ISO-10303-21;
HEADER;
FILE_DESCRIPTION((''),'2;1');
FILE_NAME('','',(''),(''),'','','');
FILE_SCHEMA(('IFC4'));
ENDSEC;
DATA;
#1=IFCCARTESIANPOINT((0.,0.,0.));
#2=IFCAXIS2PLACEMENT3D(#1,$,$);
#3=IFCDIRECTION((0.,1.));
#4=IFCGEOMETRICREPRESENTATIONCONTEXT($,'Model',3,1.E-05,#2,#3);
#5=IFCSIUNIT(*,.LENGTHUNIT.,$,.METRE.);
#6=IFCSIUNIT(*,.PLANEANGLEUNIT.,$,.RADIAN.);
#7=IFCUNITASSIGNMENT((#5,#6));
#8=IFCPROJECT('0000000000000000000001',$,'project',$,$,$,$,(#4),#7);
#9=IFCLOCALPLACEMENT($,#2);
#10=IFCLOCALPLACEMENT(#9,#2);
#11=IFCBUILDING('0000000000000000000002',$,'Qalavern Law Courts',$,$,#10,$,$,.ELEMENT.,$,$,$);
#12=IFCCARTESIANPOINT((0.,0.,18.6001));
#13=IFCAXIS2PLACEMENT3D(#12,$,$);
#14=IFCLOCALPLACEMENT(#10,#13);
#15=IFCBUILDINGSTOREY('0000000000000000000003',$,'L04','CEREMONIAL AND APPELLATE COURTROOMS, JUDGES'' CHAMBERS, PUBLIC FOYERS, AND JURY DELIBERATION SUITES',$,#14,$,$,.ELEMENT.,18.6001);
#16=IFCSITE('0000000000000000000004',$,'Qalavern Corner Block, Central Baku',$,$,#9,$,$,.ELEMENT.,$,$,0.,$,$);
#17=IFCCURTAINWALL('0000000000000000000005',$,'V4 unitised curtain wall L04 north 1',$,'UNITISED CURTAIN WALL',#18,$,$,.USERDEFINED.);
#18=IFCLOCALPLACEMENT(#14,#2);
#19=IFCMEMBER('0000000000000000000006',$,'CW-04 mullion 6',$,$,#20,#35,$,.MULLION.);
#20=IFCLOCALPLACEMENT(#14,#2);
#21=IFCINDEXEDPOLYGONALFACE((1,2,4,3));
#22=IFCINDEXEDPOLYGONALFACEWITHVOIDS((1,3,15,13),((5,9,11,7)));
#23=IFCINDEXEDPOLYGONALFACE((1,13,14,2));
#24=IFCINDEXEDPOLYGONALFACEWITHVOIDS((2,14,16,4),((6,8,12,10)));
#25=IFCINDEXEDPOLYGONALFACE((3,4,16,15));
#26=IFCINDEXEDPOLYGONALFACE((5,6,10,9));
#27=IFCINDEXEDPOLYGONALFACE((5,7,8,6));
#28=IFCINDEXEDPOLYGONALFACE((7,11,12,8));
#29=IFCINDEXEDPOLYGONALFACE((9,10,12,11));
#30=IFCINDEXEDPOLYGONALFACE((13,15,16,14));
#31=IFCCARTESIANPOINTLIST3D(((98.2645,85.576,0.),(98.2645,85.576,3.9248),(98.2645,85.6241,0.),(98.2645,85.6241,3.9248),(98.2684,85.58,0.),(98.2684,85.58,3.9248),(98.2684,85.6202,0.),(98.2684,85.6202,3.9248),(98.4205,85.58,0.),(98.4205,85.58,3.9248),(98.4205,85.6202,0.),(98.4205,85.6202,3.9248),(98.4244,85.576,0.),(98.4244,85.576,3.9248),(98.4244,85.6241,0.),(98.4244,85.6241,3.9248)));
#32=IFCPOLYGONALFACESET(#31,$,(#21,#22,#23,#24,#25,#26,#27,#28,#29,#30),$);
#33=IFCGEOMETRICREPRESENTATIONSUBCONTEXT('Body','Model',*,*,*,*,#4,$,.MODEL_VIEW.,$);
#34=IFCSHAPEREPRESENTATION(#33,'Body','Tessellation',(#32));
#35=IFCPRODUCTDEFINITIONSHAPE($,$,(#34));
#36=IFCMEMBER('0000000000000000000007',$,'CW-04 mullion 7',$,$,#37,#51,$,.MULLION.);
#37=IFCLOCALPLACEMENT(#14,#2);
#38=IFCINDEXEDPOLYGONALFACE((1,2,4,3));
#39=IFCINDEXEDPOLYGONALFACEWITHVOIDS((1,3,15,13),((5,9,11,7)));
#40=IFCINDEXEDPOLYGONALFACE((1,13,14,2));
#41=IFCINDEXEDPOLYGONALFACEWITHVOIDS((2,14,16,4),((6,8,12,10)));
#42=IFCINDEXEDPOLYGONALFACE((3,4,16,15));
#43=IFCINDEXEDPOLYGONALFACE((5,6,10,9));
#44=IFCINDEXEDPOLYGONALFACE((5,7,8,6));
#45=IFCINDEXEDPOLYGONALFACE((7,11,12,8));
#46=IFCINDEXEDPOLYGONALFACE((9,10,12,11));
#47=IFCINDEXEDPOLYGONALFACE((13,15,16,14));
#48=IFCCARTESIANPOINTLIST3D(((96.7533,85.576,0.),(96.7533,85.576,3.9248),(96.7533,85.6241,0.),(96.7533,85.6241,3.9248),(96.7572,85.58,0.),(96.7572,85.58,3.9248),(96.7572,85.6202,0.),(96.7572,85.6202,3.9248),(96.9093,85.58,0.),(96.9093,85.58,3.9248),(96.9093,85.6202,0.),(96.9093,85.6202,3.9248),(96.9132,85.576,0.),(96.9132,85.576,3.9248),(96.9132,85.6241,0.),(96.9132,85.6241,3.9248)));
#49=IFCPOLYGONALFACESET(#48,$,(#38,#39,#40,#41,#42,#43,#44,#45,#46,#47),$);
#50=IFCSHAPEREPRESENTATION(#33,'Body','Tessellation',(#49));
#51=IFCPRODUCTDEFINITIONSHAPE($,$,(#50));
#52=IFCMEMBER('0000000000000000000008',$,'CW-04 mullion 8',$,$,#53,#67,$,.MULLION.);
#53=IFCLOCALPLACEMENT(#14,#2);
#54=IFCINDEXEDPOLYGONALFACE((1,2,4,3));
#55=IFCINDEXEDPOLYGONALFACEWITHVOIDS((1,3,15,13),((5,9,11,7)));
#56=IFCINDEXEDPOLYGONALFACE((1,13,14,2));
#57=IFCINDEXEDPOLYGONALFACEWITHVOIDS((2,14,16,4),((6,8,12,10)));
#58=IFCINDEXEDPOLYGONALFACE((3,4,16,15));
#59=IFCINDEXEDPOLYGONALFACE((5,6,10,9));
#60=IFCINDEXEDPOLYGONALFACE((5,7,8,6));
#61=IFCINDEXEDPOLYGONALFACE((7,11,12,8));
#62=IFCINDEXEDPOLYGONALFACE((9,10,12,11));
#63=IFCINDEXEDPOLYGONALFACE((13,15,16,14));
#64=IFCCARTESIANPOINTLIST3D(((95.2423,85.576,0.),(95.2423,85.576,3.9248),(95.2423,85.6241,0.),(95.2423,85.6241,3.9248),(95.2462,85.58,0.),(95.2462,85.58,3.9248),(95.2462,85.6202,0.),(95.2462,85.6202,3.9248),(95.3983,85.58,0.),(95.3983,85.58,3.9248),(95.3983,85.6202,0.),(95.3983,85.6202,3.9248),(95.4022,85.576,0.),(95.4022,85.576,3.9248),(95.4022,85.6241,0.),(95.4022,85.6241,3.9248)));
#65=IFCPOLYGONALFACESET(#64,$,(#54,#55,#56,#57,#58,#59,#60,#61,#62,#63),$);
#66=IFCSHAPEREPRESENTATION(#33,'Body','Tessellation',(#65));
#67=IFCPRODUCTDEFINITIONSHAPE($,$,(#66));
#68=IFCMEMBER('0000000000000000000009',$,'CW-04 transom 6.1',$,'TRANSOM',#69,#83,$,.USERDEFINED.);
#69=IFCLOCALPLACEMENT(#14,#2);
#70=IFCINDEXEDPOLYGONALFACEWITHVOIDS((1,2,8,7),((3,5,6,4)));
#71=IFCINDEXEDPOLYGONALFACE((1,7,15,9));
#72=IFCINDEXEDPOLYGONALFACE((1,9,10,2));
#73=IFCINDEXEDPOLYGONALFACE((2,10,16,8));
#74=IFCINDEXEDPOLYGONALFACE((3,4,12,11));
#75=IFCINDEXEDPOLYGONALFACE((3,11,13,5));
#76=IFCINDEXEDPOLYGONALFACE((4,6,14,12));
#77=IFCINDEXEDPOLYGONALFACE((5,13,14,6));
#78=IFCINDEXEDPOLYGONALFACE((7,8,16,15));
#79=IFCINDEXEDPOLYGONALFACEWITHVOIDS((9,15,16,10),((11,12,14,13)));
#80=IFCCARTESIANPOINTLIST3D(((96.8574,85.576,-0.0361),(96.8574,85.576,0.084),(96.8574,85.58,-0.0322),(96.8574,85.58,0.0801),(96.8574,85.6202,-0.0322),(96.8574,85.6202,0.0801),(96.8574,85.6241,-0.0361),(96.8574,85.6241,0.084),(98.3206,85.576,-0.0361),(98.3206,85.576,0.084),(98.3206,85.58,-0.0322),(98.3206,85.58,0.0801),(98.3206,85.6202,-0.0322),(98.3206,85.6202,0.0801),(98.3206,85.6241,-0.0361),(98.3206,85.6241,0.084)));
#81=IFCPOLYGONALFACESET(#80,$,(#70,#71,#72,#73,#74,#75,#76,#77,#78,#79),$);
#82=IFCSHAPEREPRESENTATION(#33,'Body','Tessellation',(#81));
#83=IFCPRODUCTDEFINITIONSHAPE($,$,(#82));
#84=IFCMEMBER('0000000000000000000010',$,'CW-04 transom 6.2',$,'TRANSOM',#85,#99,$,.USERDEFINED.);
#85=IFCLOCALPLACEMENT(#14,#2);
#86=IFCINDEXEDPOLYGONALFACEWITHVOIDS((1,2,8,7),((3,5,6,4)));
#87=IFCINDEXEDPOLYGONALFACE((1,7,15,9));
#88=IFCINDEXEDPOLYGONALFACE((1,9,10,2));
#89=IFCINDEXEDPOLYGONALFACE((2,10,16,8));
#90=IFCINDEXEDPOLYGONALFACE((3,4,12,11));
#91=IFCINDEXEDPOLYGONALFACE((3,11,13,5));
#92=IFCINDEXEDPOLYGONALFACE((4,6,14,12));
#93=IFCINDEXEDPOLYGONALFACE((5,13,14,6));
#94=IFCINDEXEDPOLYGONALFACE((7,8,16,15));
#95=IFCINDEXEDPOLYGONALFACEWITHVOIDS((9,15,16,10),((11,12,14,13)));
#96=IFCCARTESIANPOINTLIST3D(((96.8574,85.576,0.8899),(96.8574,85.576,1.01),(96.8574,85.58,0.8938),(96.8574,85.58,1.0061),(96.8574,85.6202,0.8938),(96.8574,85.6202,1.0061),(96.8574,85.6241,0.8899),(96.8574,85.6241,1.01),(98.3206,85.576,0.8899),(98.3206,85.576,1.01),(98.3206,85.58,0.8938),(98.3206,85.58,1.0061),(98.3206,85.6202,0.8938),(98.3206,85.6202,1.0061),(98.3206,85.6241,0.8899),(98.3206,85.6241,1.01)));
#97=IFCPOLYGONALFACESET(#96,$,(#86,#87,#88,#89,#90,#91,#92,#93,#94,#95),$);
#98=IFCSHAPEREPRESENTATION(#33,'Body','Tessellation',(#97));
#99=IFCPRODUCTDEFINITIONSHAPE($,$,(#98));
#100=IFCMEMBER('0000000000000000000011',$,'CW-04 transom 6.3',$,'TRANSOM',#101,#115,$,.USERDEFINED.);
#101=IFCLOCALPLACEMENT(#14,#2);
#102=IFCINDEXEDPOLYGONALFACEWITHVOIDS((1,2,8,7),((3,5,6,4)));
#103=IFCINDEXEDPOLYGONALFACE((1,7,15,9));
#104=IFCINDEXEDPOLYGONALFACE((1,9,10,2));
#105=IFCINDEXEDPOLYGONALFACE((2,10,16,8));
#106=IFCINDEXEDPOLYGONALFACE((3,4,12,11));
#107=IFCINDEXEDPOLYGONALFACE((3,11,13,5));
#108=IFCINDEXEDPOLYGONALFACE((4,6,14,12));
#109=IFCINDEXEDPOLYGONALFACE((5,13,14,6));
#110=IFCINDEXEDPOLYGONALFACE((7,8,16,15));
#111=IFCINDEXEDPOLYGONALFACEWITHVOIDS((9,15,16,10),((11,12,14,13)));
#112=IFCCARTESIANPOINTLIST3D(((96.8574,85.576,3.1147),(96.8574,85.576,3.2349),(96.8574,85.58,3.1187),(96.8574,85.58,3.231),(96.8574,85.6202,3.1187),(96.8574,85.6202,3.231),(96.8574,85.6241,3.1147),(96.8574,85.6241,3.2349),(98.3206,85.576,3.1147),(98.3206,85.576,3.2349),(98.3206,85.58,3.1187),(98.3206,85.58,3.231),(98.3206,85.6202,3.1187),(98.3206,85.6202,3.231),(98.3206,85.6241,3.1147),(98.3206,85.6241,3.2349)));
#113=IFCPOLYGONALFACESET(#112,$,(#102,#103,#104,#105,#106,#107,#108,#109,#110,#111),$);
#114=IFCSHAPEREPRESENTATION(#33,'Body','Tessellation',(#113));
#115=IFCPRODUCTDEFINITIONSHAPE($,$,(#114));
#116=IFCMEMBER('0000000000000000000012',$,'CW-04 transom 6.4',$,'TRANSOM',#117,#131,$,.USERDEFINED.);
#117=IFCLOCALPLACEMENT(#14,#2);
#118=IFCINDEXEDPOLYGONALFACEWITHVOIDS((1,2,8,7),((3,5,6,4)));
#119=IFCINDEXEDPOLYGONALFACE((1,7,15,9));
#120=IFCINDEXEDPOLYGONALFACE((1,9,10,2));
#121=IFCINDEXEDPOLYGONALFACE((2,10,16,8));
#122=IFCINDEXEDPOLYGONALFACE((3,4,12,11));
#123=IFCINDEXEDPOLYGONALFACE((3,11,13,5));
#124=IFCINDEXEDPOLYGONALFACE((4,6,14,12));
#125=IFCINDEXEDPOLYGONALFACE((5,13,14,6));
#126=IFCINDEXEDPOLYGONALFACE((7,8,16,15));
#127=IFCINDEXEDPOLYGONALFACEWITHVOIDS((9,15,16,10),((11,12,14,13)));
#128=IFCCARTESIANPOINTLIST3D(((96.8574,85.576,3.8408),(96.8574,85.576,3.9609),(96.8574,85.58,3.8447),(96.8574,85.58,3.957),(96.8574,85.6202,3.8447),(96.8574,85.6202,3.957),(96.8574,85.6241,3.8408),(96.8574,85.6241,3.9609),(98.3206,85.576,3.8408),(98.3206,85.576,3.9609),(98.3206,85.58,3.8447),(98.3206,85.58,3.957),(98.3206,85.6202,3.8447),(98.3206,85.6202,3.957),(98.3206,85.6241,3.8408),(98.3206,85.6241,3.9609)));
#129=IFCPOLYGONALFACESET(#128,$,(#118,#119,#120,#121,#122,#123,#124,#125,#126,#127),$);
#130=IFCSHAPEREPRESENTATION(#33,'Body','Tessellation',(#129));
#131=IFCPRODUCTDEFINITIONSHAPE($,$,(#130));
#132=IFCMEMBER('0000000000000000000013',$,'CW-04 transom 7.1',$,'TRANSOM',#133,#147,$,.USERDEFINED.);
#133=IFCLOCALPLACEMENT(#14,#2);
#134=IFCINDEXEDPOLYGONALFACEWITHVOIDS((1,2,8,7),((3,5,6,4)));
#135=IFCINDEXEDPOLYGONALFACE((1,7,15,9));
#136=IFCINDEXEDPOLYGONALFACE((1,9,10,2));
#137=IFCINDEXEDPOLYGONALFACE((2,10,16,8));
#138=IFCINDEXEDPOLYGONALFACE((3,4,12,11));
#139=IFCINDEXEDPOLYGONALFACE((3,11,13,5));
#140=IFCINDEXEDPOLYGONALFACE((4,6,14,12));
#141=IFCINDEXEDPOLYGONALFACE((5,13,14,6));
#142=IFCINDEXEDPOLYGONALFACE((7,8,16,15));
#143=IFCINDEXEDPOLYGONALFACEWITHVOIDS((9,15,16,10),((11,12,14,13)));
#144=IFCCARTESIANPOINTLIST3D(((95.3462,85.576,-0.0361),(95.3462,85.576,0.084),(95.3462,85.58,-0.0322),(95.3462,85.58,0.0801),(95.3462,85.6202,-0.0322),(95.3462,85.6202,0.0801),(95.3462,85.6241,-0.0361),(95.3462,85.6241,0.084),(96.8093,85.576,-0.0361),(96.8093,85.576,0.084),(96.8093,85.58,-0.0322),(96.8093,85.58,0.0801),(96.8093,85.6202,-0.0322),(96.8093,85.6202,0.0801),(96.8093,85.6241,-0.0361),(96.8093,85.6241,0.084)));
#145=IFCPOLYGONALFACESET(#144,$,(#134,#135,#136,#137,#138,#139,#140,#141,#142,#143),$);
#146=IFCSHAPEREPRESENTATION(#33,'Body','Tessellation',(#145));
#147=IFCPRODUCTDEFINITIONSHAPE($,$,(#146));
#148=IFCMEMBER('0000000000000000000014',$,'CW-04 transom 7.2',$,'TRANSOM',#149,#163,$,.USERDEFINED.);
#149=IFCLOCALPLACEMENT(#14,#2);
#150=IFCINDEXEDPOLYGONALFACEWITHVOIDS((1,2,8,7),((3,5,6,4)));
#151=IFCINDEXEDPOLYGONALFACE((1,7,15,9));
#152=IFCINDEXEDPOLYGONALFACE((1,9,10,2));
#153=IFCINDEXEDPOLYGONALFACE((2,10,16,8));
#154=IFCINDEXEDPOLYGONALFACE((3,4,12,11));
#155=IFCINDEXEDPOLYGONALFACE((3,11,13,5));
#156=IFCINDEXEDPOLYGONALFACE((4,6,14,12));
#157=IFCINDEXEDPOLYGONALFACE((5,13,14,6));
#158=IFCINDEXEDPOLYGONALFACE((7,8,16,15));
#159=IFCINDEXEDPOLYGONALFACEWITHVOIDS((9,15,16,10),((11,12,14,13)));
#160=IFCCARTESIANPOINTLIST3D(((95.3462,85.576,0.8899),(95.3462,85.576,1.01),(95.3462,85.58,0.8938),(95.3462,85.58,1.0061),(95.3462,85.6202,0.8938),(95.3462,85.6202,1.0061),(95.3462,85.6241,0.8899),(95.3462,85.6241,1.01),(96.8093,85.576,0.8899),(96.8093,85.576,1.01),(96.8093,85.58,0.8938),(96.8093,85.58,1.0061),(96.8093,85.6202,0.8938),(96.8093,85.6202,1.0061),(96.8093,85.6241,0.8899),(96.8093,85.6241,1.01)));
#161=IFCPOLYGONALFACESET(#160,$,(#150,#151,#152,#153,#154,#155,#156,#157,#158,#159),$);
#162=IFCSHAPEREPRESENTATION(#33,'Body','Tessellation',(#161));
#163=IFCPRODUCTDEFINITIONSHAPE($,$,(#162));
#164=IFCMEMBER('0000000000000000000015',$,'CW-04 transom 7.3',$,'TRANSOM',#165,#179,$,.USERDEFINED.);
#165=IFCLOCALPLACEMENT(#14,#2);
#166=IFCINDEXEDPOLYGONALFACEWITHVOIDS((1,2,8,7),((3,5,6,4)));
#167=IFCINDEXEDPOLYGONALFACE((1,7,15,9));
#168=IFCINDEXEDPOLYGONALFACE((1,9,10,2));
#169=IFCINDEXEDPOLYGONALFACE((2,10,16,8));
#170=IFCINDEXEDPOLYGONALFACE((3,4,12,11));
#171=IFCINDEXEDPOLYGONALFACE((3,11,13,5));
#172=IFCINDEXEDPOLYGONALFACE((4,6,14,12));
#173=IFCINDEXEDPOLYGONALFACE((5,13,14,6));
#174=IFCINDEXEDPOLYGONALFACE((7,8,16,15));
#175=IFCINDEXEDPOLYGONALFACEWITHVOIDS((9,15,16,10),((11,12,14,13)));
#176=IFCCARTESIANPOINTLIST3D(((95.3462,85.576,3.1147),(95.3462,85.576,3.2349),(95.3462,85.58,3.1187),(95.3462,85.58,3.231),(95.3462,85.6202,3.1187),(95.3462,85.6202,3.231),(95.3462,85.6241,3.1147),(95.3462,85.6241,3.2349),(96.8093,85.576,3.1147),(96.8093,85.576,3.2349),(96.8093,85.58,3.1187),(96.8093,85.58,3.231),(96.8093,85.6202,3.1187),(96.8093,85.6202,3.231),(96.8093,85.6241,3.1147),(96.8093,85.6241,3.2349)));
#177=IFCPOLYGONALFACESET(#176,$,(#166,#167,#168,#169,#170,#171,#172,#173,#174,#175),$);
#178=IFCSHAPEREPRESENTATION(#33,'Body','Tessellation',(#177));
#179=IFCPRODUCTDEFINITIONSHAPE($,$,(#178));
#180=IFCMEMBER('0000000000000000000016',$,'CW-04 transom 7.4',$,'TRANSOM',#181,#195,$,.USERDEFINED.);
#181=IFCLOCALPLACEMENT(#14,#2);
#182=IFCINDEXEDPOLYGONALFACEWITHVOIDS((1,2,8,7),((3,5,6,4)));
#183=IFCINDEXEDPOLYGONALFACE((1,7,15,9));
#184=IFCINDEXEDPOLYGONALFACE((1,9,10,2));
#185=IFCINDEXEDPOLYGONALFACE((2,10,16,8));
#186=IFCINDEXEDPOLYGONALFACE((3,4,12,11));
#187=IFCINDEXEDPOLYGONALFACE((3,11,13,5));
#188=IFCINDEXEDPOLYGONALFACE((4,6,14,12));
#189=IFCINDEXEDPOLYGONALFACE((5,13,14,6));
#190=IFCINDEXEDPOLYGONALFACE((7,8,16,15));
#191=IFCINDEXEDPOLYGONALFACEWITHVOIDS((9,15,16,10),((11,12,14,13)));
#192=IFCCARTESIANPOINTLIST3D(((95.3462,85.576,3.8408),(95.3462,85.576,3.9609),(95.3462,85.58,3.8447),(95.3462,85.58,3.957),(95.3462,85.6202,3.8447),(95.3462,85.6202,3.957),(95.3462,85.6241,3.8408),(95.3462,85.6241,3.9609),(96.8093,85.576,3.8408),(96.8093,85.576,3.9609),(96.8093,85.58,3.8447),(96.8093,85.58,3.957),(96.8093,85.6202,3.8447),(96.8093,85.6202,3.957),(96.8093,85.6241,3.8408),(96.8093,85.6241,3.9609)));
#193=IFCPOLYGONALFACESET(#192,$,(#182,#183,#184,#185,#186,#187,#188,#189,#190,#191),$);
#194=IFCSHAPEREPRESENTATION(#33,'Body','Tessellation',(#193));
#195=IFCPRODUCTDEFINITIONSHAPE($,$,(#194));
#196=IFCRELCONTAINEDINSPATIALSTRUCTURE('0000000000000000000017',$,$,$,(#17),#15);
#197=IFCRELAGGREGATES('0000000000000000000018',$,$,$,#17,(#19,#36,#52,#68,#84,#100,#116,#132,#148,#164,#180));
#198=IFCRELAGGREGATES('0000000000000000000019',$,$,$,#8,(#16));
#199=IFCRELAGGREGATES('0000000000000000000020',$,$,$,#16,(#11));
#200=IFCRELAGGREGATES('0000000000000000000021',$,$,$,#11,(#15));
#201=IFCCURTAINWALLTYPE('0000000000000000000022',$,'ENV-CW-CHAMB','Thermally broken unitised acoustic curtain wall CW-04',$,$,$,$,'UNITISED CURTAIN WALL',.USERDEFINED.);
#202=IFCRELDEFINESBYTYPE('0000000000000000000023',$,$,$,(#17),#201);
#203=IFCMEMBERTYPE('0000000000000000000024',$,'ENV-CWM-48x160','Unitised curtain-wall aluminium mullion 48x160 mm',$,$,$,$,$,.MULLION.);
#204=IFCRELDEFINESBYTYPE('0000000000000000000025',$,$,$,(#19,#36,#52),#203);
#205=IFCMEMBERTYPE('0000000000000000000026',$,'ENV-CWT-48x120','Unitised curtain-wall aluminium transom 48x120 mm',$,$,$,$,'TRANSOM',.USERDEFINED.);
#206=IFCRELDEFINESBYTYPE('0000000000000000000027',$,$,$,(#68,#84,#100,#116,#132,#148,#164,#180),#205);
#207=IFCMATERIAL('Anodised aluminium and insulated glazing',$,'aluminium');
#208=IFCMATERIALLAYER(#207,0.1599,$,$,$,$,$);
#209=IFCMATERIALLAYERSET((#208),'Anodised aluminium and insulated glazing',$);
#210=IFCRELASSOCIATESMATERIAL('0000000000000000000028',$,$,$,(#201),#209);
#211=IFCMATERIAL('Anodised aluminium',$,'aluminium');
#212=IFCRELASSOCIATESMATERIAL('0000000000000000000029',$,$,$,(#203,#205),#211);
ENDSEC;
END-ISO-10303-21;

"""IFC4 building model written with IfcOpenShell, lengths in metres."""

from ifc_helpers import new_model, si_unit, direction, frame, origin, origin_2d, place, context, subcontext, project, spatial, hollow_rectangle, extrude, material, layer, layer_set, material_profile, profile_set, type_object, element, aggregate, save


model = new_model("IFC4")

# Units and contexts
model_context = context("Model", 3, precision=1e-05, world=origin(), true_north=direction((0.0, 1.0)))
body_context = subcontext(model_context, "Body", "Model", "MODEL_VIEW")
ifc_project = project(units=[si_unit("LENGTHUNIT", "METRE"), si_unit("PLANEANGLEUNIT", "RADIAN")], contexts=[model_context])

# Site, building, storey
site_placement = place(None, origin())
site = spatial("IfcSite", under=ifc_project, at=site_placement, Name="Qalavern Corner Block, Central Baku", CompositionType="ELEMENT", RefElevation=0.0)
building_placement = place(site_placement, origin())
building = spatial("IfcBuilding", under=site, at=building_placement, Name="Qalavern Law Courts", CompositionType="ELEMENT")
storey_placement = place(building_placement, frame((0.0, 0.0, 18.6001)))
storey = spatial("IfcBuildingStorey", under=building, at=storey_placement, Name="L04", Description="CEREMONIAL AND APPELLATE COURTROOMS, JUDGES' CHAMBERS, PUBLIC FOYERS, AND JURY DELIBERATION SUITES", CompositionType="ELEMENT", Elevation=18.6001)

# Curtain wall, members
ifc_material_1 = material(Name="Anodised aluminium and insulated glazing", Category="aluminium")
ifc_layer_1 = layer(ifc_material_1, 0.1599)
ifc_layer_set_1 = layer_set([ifc_layer_1], Name="Anodised aluminium and insulated glazing")
curtain_wall_type = type_object("IfcCurtainWallType", Name="ENV-CW-CHAMB", Description="Thermally broken unitised acoustic curtain wall CW-04", ElementType="UNITISED CURTAIN WALL", PredefinedType="USERDEFINED", material=ifc_layer_set_1)
curtain_wall_placement = place(storey_placement, origin())
curtain_wall = element("IfcCurtainWall", 1, at=curtain_wall_placement, inside=storey, type_object=curtain_wall_type, Name="V4 unitised curtain wall L04 north 1", ObjectType="UNITISED CURTAIN WALL", PredefinedType="USERDEFINED")
ifc_material_2 = material(Name="Anodised aluminium", Category="aluminium")
ifc_material_profile_1 = material_profile(ifc_material_2, hollow_rectangle(XDim=0.0481, YDim=0.1599, WallThickness=0.0039, at=origin_2d()), Name="ALU MULLION 48x160")
ifc_profile_set_1 = profile_set([ifc_material_profile_1], Name="Anodised aluminium")
member_type_1 = type_object("IfcMemberType", Name="ENV-CWM-48x160", Description="Unitised curtain-wall aluminium mullion 48x160 mm", PredefinedType="MULLION", material=ifc_profile_set_1)
member_1_placement = place(storey_placement, frame((98.3445, 85.6001, 0.0), z_axis=(0.0, 0.0, 1.0), x_axis=(0.0, -1.0, 0.0)))
member_1 = element("IfcMember", 2, at=member_1_placement, type_object=member_type_1, Name="CW-04 mullion 6", PredefinedType="MULLION", context=body_context, shape_type="SweptSolid", body=[
    extrude(hollow_rectangle(XDim=0.0481, YDim=0.1599, WallThickness=0.0039, at=origin_2d()), origin(), (0.0, 0.0, 1.0), 3.9248),
])
member_2_placement = place(storey_placement, frame((96.8333, 85.6001, 0.0), z_axis=(0.0, 0.0, 1.0), x_axis=(0.0, -1.0, 0.0)))
member_2 = element("IfcMember", 3, at=member_2_placement, type_object=member_type_1, Name="CW-04 mullion 7", PredefinedType="MULLION", context=body_context, shape_type="SweptSolid", body=[
    extrude(hollow_rectangle(XDim=0.0481, YDim=0.1599, WallThickness=0.0039, at=origin_2d()), origin(), (0.0, 0.0, 1.0), 3.9248),
])
member_3_placement = place(storey_placement, frame((95.3223, 85.6001, 0.0), z_axis=(0.0, 0.0, 1.0), x_axis=(0.0, -1.0, 0.0)))
member_3 = element("IfcMember", 4, at=member_3_placement, type_object=member_type_1, Name="CW-04 mullion 8", PredefinedType="MULLION", context=body_context, shape_type="SweptSolid", body=[
    extrude(hollow_rectangle(XDim=0.0481, YDim=0.1599, WallThickness=0.0039, at=origin_2d()), origin(), (0.0, 0.0, 1.0), 3.9248),
])
ifc_material_profile_2 = material_profile(ifc_material_2, hollow_rectangle(XDim=0.0481, YDim=0.1201, WallThickness=0.0039, at=origin_2d()), Name="ALU TRANSOM 48x120")
ifc_profile_set_2 = profile_set([ifc_material_profile_2], Name="Anodised aluminium")
member_type_2 = type_object("IfcMemberType", Name="ENV-CWT-48x120", Description="Unitised curtain-wall aluminium transom 48x120 mm", ElementType="TRANSOM", PredefinedType="USERDEFINED", material=ifc_profile_set_2)
member_4_placement = place(storey_placement, frame((98.3206, 85.6001, 0.0239), z_axis=(-1.0, 0.0, 0.0), x_axis=(0.0, -1.0, 0.0)))
member_4 = element("IfcMember", 5, at=member_4_placement, type_object=member_type_2, Name="CW-04 transom 6.1", ObjectType="TRANSOM", PredefinedType="USERDEFINED", context=body_context, shape_type="SweptSolid", body=[
    extrude(hollow_rectangle(XDim=0.0481, YDim=0.1201, WallThickness=0.0039, at=origin_2d()), origin(), (0.0, 0.0, 1.0), 1.4631),
])
member_5_placement = place(storey_placement, frame((98.3206, 85.6001, 0.95), z_axis=(-1.0, 0.0, 0.0), x_axis=(0.0, -1.0, 0.0)))
member_5 = element("IfcMember", 6, at=member_5_placement, type_object=member_type_2, Name="CW-04 transom 6.2", ObjectType="TRANSOM", PredefinedType="USERDEFINED", context=body_context, shape_type="SweptSolid", body=[
    extrude(hollow_rectangle(XDim=0.0481, YDim=0.1201, WallThickness=0.0039, at=origin_2d()), origin(), (0.0, 0.0, 1.0), 1.4631),
])
member_6_placement = place(storey_placement, frame((98.3206, 85.6001, 3.1748), z_axis=(-1.0, 0.0, 0.0), x_axis=(0.0, -1.0, 0.0)))
member_6 = element("IfcMember", 7, at=member_6_placement, type_object=member_type_2, Name="CW-04 transom 6.3", ObjectType="TRANSOM", PredefinedType="USERDEFINED", context=body_context, shape_type="SweptSolid", body=[
    extrude(hollow_rectangle(XDim=0.0481, YDim=0.1201, WallThickness=0.0039, at=origin_2d()), origin(), (0.0, 0.0, 1.0), 1.4631),
])
member_7_placement = place(storey_placement, frame((98.3206, 85.6001, 3.9009), z_axis=(-1.0, 0.0, 0.0), x_axis=(0.0, -1.0, 0.0)))
member_7 = element("IfcMember", 8, at=member_7_placement, type_object=member_type_2, Name="CW-04 transom 6.4", ObjectType="TRANSOM", PredefinedType="USERDEFINED", context=body_context, shape_type="SweptSolid", body=[
    extrude(hollow_rectangle(XDim=0.0481, YDim=0.1201, WallThickness=0.0039, at=origin_2d()), origin(), (0.0, 0.0, 1.0), 1.4631),
])
member_8_placement = place(storey_placement, frame((96.8093, 85.6001, 0.0239), z_axis=(-1.0, 0.0, 0.0), x_axis=(0.0, -1.0, 0.0)))
member_8 = element("IfcMember", 9, at=member_8_placement, type_object=member_type_2, Name="CW-04 transom 7.1", ObjectType="TRANSOM", PredefinedType="USERDEFINED", context=body_context, shape_type="SweptSolid", body=[
    extrude(hollow_rectangle(XDim=0.0481, YDim=0.1201, WallThickness=0.0039, at=origin_2d()), origin(), (0.0, 0.0, 1.0), 1.4631),
])
member_9_placement = place(storey_placement, frame((96.8093, 85.6001, 0.95), z_axis=(-1.0, 0.0, 0.0), x_axis=(0.0, -1.0, 0.0)))
member_9 = element("IfcMember", 10, at=member_9_placement, type_object=member_type_2, Name="CW-04 transom 7.2", ObjectType="TRANSOM", PredefinedType="USERDEFINED", context=body_context, shape_type="SweptSolid", body=[
    extrude(hollow_rectangle(XDim=0.0481, YDim=0.1201, WallThickness=0.0039, at=origin_2d()), origin(), (0.0, 0.0, 1.0), 1.4631),
])
member_10_placement = place(storey_placement, frame((96.8093, 85.6001, 3.1748), z_axis=(-1.0, 0.0, 0.0), x_axis=(0.0, -1.0, 0.0)))
member_10 = element("IfcMember", 11, at=member_10_placement, type_object=member_type_2, Name="CW-04 transom 7.3", ObjectType="TRANSOM", PredefinedType="USERDEFINED", context=body_context, shape_type="SweptSolid", body=[
    extrude(hollow_rectangle(XDim=0.0481, YDim=0.1201, WallThickness=0.0039, at=origin_2d()), origin(), (0.0, 0.0, 1.0), 1.4631),
])
member_11_placement = place(storey_placement, frame((96.8093, 85.6001, 3.9009), z_axis=(-1.0, 0.0, 0.0), x_axis=(0.0, -1.0, 0.0)))
member_11 = element("IfcMember", 12, at=member_11_placement, type_object=member_type_2, Name="CW-04 transom 7.4", ObjectType="TRANSOM", PredefinedType="USERDEFINED", context=body_context, shape_type="SweptSolid", body=[
    extrude(hollow_rectangle(XDim=0.0481, YDim=0.1201, WallThickness=0.0039, at=origin_2d()), origin(), (0.0, 0.0, 1.0), 1.4631),
])
aggregate(curtain_wall, [member_1, member_2, member_3, member_4, member_5, member_6, member_7, member_8, member_9, member_10, member_11])

save(model, "model.ifc")
